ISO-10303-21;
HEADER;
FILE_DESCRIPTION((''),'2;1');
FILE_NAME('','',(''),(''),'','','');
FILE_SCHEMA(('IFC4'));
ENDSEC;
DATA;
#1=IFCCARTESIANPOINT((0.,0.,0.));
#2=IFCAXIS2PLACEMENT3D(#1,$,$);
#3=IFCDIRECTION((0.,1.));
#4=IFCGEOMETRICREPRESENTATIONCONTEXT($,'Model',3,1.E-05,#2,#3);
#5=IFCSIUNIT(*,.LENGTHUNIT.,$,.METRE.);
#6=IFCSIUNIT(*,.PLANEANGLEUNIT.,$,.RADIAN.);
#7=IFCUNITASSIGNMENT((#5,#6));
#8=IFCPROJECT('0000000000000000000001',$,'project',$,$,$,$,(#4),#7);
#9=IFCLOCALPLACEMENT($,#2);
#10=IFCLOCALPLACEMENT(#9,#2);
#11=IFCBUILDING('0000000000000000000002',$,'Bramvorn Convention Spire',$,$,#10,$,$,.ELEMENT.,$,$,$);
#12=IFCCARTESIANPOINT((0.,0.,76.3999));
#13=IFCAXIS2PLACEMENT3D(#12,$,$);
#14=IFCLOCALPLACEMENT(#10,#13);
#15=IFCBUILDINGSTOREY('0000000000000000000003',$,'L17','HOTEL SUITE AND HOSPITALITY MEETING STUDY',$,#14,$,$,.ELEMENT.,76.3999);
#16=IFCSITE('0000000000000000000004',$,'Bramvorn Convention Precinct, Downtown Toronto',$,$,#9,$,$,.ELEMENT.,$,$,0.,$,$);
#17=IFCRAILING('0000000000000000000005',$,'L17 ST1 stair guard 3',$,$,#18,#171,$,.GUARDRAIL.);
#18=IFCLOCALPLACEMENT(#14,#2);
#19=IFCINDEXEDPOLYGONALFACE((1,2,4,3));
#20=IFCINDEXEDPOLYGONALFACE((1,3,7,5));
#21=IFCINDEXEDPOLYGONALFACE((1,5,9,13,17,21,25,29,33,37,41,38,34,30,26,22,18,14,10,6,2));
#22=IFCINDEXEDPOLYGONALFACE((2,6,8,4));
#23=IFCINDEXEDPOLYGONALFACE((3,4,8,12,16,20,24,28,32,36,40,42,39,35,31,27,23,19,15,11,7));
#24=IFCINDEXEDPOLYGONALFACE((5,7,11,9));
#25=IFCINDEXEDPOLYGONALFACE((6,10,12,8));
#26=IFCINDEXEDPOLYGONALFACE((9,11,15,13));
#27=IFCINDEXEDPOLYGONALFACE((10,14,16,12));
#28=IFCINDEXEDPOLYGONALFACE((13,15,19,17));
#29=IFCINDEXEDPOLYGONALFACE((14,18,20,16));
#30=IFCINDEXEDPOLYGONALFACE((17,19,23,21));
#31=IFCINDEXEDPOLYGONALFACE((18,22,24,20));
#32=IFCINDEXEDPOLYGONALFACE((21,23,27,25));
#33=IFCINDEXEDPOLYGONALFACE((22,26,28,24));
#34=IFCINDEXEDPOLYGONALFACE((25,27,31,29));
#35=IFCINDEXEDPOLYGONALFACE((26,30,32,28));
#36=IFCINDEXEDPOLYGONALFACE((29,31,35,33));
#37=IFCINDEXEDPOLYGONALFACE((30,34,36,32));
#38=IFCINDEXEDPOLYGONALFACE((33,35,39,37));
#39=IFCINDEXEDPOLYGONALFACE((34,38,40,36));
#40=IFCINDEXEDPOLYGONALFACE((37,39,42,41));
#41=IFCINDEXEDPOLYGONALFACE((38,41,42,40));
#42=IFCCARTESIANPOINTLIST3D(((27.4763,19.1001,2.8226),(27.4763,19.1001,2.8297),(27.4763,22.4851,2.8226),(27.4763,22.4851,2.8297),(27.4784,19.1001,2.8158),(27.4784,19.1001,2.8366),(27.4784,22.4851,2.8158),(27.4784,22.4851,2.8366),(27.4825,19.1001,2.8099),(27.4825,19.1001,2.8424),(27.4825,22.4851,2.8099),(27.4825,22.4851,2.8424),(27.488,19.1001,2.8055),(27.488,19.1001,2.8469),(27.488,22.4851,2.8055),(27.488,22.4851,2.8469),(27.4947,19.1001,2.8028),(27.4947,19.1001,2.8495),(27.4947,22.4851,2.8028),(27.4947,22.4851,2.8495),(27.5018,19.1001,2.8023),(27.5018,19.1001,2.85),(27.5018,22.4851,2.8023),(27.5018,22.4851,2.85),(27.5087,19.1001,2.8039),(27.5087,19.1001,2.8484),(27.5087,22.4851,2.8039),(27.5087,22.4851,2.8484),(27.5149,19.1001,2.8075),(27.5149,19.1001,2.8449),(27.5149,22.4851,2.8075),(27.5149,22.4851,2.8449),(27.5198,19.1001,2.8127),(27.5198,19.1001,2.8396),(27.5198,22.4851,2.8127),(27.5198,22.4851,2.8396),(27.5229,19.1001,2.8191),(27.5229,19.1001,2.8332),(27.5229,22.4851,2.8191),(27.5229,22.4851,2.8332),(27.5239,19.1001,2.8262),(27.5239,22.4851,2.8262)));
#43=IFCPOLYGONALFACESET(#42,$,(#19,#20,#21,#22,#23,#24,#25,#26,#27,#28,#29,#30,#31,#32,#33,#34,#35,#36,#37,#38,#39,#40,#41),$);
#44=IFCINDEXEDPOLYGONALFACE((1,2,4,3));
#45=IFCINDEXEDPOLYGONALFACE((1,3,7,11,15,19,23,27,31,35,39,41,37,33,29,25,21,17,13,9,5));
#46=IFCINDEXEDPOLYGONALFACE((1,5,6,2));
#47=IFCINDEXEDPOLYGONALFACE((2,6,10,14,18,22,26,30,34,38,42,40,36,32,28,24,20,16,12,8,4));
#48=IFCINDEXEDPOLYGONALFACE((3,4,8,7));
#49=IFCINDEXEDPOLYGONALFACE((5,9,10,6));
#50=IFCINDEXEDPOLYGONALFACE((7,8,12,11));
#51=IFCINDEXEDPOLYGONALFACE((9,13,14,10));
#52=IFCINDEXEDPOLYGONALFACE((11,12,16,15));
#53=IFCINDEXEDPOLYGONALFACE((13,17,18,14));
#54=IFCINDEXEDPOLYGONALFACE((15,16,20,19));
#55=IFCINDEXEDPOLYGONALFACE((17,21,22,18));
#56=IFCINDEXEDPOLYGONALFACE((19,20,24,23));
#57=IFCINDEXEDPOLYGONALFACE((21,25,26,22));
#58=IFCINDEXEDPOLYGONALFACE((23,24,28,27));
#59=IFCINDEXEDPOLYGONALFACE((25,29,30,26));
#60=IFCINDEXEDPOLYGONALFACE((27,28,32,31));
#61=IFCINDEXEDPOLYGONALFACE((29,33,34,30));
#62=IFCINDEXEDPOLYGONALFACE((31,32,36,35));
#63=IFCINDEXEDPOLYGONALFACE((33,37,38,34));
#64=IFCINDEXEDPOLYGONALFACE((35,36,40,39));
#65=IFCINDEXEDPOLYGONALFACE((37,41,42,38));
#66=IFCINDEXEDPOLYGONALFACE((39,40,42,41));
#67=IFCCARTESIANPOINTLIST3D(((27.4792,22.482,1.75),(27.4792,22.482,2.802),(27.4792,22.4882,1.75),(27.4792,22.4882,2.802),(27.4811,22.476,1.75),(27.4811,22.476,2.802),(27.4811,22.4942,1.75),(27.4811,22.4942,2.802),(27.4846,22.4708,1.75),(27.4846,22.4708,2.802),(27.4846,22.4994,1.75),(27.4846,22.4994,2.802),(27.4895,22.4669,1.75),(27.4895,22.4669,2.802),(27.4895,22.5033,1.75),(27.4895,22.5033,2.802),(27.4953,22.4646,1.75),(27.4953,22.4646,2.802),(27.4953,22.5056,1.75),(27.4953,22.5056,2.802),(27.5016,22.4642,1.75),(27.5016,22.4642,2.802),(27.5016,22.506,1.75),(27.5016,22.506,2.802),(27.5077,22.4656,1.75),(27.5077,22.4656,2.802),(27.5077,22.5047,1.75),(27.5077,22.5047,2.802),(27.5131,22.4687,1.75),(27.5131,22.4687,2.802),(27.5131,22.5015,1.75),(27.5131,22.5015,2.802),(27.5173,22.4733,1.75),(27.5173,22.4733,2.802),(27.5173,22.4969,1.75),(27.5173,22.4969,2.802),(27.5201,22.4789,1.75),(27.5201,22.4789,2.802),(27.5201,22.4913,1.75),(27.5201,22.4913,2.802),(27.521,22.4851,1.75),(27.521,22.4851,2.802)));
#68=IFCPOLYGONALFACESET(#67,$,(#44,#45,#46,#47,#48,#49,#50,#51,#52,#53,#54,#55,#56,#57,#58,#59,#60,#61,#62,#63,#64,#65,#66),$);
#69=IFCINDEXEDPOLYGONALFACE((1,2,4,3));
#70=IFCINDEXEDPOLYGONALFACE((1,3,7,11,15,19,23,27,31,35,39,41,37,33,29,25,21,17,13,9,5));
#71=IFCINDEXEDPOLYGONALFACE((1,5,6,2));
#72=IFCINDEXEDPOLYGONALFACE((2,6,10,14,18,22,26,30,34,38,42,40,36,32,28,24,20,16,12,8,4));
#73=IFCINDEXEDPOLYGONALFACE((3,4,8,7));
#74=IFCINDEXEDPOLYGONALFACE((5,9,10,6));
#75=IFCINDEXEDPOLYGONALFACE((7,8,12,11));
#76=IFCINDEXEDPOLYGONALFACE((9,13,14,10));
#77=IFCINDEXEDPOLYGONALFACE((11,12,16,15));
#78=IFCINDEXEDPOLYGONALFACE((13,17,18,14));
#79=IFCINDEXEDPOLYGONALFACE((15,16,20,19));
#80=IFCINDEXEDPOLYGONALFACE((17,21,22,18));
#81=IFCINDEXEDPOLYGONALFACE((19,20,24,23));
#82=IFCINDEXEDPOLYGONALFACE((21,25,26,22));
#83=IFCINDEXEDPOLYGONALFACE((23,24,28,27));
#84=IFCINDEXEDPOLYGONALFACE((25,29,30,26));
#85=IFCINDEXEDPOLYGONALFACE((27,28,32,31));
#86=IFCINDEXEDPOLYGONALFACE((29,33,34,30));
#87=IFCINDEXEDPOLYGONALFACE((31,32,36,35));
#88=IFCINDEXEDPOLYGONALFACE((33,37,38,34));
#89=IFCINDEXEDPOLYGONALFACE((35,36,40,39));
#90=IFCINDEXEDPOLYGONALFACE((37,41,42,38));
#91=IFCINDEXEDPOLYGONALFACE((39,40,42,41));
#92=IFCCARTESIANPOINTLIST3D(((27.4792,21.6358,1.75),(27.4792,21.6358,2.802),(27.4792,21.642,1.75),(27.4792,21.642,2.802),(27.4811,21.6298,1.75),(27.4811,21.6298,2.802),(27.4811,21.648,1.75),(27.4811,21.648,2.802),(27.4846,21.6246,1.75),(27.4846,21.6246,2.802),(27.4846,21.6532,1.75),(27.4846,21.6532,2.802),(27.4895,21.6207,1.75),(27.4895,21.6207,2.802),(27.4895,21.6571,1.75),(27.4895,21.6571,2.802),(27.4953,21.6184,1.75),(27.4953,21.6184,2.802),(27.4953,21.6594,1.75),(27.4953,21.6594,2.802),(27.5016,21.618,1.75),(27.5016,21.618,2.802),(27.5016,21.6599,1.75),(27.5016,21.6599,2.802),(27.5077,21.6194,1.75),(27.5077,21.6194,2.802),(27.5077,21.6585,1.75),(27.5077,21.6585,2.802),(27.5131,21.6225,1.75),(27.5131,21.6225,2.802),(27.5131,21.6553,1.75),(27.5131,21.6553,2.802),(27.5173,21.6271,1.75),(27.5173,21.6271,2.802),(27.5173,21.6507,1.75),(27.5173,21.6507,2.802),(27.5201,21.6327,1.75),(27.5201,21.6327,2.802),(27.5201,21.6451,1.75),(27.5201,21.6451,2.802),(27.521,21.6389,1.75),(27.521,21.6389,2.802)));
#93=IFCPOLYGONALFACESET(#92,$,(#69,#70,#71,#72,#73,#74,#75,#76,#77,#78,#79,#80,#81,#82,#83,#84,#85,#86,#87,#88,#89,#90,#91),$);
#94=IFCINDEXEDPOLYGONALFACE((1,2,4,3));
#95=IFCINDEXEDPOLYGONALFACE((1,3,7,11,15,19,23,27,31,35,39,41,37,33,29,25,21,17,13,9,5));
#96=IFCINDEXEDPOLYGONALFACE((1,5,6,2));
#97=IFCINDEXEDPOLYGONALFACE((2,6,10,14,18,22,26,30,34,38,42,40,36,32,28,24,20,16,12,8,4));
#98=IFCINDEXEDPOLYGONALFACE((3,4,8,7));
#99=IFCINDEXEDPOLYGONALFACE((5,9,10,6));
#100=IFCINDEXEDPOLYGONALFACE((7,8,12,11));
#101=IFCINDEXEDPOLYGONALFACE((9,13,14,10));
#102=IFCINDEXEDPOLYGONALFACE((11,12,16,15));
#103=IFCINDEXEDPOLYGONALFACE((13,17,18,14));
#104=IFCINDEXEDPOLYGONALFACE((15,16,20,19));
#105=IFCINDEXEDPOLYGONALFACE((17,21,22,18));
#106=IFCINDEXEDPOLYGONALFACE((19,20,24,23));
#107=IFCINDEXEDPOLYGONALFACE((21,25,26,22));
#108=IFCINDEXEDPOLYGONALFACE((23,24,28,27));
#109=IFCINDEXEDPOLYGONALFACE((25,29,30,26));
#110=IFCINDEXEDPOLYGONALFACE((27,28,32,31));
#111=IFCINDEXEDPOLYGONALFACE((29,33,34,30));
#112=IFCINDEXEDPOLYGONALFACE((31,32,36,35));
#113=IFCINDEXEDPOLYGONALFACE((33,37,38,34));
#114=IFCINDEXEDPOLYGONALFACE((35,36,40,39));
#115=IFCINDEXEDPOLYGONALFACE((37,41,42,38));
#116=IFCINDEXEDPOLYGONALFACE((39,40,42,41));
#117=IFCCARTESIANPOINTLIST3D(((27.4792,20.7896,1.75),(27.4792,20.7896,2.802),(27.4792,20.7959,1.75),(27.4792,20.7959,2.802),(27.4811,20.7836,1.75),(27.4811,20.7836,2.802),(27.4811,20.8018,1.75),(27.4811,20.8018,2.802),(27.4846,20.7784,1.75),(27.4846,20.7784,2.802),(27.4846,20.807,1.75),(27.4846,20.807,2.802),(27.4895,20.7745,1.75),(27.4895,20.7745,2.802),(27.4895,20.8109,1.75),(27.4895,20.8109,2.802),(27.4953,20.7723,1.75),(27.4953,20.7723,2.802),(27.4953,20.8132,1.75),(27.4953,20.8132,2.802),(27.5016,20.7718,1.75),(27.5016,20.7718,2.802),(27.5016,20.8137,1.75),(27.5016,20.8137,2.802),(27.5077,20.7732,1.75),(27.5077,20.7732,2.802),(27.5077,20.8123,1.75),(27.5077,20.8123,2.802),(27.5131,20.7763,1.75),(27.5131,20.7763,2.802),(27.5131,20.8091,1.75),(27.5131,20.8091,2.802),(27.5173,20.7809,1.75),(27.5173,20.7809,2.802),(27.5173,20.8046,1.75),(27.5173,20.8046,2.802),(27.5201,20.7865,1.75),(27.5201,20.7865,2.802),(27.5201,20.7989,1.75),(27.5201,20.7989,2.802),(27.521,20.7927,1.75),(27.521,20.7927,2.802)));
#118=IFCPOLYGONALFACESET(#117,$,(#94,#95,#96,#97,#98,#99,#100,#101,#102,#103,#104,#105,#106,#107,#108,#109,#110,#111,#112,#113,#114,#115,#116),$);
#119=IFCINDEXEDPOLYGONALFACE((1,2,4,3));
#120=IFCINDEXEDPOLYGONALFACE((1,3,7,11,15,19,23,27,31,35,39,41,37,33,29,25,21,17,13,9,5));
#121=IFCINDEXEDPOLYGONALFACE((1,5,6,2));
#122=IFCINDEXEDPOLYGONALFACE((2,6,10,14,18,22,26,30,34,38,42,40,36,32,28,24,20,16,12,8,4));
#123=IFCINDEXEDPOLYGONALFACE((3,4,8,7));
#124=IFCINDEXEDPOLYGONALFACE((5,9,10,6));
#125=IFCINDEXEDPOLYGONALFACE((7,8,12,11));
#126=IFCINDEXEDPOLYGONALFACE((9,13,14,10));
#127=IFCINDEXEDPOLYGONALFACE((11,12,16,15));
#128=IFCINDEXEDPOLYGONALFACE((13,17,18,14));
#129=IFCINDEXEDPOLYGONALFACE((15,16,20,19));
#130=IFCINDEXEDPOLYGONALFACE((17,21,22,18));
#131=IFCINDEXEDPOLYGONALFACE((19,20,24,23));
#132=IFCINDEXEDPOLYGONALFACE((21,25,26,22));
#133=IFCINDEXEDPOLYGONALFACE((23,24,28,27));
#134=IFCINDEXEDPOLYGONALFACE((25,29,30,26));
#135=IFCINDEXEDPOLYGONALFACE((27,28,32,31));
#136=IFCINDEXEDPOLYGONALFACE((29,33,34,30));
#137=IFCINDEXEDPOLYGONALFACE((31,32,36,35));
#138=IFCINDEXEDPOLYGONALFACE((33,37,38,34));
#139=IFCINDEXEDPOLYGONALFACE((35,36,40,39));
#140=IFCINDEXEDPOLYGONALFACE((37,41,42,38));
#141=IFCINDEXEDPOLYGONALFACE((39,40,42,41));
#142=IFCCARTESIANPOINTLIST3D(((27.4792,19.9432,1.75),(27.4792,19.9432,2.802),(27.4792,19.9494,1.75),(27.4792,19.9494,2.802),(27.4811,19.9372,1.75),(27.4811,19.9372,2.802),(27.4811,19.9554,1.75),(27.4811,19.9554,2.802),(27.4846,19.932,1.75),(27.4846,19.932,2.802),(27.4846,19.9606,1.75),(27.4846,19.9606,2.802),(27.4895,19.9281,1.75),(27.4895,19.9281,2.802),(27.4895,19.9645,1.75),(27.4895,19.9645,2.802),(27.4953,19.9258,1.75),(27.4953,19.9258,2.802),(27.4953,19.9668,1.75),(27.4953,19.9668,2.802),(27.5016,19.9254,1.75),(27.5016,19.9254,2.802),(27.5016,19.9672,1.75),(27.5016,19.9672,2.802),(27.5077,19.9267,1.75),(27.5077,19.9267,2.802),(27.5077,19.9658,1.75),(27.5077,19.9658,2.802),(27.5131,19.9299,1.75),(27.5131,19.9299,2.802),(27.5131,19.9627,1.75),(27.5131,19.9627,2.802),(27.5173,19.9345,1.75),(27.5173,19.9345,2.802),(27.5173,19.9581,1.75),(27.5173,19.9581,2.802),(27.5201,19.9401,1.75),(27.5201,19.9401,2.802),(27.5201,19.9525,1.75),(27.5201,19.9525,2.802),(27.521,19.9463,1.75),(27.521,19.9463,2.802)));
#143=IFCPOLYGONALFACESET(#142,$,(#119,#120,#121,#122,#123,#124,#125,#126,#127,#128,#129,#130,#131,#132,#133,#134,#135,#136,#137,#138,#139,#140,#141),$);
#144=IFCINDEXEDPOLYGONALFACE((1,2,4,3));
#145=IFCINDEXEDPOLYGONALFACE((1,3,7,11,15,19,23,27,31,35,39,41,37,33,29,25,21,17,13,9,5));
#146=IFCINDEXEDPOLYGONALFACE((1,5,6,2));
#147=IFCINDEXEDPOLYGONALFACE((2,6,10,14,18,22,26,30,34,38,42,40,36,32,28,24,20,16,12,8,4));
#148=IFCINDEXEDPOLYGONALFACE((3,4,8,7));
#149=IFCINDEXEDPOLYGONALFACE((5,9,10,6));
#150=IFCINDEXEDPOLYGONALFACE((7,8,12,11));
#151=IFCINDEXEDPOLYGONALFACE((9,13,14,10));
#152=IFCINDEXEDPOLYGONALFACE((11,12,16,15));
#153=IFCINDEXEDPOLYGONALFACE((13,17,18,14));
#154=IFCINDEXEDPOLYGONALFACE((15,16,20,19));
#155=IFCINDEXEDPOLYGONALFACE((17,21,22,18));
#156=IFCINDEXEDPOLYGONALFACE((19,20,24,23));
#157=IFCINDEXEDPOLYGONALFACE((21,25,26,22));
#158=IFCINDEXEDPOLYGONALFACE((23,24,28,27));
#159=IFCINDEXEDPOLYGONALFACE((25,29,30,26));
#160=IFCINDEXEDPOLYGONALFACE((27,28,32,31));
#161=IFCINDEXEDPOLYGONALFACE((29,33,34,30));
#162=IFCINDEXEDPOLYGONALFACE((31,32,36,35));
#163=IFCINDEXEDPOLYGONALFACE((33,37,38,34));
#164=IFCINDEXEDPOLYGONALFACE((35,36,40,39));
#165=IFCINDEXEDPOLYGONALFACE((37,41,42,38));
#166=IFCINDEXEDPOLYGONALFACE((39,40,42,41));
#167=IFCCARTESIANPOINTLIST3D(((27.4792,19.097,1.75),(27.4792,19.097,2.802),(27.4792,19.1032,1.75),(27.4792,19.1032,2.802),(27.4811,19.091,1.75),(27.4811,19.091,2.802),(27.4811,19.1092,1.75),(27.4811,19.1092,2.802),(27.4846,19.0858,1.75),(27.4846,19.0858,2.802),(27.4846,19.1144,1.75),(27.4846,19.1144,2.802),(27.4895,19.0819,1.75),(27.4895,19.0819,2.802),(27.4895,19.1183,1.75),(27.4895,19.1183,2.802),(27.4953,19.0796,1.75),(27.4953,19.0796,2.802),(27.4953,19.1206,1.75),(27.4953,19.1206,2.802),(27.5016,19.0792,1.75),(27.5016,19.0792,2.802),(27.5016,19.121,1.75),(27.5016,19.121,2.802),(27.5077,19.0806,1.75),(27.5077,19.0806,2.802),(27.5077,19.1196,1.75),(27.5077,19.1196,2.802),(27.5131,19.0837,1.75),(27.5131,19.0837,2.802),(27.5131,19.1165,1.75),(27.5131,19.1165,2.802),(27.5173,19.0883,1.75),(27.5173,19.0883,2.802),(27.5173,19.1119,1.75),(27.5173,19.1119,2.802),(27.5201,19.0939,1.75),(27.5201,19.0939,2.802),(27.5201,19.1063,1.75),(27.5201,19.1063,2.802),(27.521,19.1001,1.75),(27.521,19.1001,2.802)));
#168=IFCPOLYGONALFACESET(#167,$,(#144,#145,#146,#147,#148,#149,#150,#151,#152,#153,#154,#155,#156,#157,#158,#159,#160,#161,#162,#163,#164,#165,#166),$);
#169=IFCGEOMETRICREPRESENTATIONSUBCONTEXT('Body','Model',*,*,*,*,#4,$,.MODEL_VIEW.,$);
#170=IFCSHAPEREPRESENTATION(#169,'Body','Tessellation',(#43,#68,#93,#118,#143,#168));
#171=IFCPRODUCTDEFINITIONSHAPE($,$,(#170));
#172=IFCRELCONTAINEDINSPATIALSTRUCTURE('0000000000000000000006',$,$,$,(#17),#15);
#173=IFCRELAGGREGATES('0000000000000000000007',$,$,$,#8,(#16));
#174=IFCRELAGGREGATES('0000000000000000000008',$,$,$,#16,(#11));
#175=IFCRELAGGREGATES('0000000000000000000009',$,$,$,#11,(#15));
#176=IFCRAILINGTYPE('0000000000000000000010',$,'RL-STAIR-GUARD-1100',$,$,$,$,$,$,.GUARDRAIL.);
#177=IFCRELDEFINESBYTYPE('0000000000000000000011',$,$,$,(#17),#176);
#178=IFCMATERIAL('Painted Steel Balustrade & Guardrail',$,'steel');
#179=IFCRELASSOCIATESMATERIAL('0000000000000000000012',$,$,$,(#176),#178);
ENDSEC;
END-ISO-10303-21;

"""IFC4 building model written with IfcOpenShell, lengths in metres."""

from ifc_helpers import new_model, si_unit, direction, frame, origin, origin_2d, place, context, subcontext, project, spatial, circle, extrude, material, type_object, element, save


model = new_model("IFC4")

# Units and contexts
model_context = context("Model", 3, precision=1e-05, world=origin(), true_north=direction((0.0, 1.0)))
body_context = subcontext(model_context, "Body", "Model", "MODEL_VIEW")
ifc_project = project(units=[si_unit("LENGTHUNIT", "METRE"), si_unit("PLANEANGLEUNIT", "RADIAN")], contexts=[model_context])

# Site, building, storey
site_placement = place(None, origin())
site = spatial("IfcSite", under=ifc_project, at=site_placement, Name="Bramvorn Convention Precinct, Downtown Toronto", CompositionType="ELEMENT", RefElevation=0.0)
building_placement = place(site_placement, origin())
building = spatial("IfcBuilding", under=site, at=building_placement, Name="Bramvorn Convention Spire", CompositionType="ELEMENT")
storey_placement = place(building_placement, frame((0.0, 0.0, 76.3999)))
storey = spatial("IfcBuildingStorey", under=building, at=storey_placement, Name="L17", Description="HOTEL SUITE AND HOSPITALITY MEETING STUDY", CompositionType="ELEMENT", Elevation=76.3999)

# Railing
ifc_material_1 = material(Name="Painted Steel Balustrade & Guardrail", Category="steel")
railing_type_1 = type_object("IfcRailingType", Name="RL-STAIR-GUARD-1100", PredefinedType="GUARDRAIL", material=ifc_material_1)
for number, where, name in (
    (1, (27.5, 22.4851, 1.75), "L17 ST1 stair guard 3"),
):
    element("IfcRailing", number, at=place(storey_placement, frame(where)), inside=storey, type_object=railing_type_1, Name=name, PredefinedType="GUARDRAIL", context=body_context, shape_type="SweptSolid", body=[
        extrude(circle(Radius=0.0239, at=origin_2d()), frame((0.0, 0.0, 1.0762), z_axis=(0.0, -1.0, 0.0), x_axis=(1.0, 0.0, 0.0)), (0.0, 0.0, 1.0), 3.385),
        extrude(circle(Radius=0.021, at=origin_2d()), origin(), (0.0, 0.0, 1.0), 1.052),
        extrude(circle(Radius=0.021, at=origin_2d()), frame((0.0, -0.8462, 0.0)), (0.0, 0.0, 1.0), 1.052),
        extrude(circle(Radius=0.021, at=origin_2d()), frame((0.0, -1.6924, 0.0)), (0.0, 0.0, 1.0), 1.052),
        extrude(circle(Radius=0.021, at=origin_2d()), frame((0.0, -2.5388, 0.0)), (0.0, 0.0, 1.0), 1.052),
        extrude(circle(Radius=0.021, at=origin_2d()), frame((0.0, -3.385, 0.0)), (0.0, 0.0, 1.0), 1.052),
    ])

save(model, "model.ifc")
